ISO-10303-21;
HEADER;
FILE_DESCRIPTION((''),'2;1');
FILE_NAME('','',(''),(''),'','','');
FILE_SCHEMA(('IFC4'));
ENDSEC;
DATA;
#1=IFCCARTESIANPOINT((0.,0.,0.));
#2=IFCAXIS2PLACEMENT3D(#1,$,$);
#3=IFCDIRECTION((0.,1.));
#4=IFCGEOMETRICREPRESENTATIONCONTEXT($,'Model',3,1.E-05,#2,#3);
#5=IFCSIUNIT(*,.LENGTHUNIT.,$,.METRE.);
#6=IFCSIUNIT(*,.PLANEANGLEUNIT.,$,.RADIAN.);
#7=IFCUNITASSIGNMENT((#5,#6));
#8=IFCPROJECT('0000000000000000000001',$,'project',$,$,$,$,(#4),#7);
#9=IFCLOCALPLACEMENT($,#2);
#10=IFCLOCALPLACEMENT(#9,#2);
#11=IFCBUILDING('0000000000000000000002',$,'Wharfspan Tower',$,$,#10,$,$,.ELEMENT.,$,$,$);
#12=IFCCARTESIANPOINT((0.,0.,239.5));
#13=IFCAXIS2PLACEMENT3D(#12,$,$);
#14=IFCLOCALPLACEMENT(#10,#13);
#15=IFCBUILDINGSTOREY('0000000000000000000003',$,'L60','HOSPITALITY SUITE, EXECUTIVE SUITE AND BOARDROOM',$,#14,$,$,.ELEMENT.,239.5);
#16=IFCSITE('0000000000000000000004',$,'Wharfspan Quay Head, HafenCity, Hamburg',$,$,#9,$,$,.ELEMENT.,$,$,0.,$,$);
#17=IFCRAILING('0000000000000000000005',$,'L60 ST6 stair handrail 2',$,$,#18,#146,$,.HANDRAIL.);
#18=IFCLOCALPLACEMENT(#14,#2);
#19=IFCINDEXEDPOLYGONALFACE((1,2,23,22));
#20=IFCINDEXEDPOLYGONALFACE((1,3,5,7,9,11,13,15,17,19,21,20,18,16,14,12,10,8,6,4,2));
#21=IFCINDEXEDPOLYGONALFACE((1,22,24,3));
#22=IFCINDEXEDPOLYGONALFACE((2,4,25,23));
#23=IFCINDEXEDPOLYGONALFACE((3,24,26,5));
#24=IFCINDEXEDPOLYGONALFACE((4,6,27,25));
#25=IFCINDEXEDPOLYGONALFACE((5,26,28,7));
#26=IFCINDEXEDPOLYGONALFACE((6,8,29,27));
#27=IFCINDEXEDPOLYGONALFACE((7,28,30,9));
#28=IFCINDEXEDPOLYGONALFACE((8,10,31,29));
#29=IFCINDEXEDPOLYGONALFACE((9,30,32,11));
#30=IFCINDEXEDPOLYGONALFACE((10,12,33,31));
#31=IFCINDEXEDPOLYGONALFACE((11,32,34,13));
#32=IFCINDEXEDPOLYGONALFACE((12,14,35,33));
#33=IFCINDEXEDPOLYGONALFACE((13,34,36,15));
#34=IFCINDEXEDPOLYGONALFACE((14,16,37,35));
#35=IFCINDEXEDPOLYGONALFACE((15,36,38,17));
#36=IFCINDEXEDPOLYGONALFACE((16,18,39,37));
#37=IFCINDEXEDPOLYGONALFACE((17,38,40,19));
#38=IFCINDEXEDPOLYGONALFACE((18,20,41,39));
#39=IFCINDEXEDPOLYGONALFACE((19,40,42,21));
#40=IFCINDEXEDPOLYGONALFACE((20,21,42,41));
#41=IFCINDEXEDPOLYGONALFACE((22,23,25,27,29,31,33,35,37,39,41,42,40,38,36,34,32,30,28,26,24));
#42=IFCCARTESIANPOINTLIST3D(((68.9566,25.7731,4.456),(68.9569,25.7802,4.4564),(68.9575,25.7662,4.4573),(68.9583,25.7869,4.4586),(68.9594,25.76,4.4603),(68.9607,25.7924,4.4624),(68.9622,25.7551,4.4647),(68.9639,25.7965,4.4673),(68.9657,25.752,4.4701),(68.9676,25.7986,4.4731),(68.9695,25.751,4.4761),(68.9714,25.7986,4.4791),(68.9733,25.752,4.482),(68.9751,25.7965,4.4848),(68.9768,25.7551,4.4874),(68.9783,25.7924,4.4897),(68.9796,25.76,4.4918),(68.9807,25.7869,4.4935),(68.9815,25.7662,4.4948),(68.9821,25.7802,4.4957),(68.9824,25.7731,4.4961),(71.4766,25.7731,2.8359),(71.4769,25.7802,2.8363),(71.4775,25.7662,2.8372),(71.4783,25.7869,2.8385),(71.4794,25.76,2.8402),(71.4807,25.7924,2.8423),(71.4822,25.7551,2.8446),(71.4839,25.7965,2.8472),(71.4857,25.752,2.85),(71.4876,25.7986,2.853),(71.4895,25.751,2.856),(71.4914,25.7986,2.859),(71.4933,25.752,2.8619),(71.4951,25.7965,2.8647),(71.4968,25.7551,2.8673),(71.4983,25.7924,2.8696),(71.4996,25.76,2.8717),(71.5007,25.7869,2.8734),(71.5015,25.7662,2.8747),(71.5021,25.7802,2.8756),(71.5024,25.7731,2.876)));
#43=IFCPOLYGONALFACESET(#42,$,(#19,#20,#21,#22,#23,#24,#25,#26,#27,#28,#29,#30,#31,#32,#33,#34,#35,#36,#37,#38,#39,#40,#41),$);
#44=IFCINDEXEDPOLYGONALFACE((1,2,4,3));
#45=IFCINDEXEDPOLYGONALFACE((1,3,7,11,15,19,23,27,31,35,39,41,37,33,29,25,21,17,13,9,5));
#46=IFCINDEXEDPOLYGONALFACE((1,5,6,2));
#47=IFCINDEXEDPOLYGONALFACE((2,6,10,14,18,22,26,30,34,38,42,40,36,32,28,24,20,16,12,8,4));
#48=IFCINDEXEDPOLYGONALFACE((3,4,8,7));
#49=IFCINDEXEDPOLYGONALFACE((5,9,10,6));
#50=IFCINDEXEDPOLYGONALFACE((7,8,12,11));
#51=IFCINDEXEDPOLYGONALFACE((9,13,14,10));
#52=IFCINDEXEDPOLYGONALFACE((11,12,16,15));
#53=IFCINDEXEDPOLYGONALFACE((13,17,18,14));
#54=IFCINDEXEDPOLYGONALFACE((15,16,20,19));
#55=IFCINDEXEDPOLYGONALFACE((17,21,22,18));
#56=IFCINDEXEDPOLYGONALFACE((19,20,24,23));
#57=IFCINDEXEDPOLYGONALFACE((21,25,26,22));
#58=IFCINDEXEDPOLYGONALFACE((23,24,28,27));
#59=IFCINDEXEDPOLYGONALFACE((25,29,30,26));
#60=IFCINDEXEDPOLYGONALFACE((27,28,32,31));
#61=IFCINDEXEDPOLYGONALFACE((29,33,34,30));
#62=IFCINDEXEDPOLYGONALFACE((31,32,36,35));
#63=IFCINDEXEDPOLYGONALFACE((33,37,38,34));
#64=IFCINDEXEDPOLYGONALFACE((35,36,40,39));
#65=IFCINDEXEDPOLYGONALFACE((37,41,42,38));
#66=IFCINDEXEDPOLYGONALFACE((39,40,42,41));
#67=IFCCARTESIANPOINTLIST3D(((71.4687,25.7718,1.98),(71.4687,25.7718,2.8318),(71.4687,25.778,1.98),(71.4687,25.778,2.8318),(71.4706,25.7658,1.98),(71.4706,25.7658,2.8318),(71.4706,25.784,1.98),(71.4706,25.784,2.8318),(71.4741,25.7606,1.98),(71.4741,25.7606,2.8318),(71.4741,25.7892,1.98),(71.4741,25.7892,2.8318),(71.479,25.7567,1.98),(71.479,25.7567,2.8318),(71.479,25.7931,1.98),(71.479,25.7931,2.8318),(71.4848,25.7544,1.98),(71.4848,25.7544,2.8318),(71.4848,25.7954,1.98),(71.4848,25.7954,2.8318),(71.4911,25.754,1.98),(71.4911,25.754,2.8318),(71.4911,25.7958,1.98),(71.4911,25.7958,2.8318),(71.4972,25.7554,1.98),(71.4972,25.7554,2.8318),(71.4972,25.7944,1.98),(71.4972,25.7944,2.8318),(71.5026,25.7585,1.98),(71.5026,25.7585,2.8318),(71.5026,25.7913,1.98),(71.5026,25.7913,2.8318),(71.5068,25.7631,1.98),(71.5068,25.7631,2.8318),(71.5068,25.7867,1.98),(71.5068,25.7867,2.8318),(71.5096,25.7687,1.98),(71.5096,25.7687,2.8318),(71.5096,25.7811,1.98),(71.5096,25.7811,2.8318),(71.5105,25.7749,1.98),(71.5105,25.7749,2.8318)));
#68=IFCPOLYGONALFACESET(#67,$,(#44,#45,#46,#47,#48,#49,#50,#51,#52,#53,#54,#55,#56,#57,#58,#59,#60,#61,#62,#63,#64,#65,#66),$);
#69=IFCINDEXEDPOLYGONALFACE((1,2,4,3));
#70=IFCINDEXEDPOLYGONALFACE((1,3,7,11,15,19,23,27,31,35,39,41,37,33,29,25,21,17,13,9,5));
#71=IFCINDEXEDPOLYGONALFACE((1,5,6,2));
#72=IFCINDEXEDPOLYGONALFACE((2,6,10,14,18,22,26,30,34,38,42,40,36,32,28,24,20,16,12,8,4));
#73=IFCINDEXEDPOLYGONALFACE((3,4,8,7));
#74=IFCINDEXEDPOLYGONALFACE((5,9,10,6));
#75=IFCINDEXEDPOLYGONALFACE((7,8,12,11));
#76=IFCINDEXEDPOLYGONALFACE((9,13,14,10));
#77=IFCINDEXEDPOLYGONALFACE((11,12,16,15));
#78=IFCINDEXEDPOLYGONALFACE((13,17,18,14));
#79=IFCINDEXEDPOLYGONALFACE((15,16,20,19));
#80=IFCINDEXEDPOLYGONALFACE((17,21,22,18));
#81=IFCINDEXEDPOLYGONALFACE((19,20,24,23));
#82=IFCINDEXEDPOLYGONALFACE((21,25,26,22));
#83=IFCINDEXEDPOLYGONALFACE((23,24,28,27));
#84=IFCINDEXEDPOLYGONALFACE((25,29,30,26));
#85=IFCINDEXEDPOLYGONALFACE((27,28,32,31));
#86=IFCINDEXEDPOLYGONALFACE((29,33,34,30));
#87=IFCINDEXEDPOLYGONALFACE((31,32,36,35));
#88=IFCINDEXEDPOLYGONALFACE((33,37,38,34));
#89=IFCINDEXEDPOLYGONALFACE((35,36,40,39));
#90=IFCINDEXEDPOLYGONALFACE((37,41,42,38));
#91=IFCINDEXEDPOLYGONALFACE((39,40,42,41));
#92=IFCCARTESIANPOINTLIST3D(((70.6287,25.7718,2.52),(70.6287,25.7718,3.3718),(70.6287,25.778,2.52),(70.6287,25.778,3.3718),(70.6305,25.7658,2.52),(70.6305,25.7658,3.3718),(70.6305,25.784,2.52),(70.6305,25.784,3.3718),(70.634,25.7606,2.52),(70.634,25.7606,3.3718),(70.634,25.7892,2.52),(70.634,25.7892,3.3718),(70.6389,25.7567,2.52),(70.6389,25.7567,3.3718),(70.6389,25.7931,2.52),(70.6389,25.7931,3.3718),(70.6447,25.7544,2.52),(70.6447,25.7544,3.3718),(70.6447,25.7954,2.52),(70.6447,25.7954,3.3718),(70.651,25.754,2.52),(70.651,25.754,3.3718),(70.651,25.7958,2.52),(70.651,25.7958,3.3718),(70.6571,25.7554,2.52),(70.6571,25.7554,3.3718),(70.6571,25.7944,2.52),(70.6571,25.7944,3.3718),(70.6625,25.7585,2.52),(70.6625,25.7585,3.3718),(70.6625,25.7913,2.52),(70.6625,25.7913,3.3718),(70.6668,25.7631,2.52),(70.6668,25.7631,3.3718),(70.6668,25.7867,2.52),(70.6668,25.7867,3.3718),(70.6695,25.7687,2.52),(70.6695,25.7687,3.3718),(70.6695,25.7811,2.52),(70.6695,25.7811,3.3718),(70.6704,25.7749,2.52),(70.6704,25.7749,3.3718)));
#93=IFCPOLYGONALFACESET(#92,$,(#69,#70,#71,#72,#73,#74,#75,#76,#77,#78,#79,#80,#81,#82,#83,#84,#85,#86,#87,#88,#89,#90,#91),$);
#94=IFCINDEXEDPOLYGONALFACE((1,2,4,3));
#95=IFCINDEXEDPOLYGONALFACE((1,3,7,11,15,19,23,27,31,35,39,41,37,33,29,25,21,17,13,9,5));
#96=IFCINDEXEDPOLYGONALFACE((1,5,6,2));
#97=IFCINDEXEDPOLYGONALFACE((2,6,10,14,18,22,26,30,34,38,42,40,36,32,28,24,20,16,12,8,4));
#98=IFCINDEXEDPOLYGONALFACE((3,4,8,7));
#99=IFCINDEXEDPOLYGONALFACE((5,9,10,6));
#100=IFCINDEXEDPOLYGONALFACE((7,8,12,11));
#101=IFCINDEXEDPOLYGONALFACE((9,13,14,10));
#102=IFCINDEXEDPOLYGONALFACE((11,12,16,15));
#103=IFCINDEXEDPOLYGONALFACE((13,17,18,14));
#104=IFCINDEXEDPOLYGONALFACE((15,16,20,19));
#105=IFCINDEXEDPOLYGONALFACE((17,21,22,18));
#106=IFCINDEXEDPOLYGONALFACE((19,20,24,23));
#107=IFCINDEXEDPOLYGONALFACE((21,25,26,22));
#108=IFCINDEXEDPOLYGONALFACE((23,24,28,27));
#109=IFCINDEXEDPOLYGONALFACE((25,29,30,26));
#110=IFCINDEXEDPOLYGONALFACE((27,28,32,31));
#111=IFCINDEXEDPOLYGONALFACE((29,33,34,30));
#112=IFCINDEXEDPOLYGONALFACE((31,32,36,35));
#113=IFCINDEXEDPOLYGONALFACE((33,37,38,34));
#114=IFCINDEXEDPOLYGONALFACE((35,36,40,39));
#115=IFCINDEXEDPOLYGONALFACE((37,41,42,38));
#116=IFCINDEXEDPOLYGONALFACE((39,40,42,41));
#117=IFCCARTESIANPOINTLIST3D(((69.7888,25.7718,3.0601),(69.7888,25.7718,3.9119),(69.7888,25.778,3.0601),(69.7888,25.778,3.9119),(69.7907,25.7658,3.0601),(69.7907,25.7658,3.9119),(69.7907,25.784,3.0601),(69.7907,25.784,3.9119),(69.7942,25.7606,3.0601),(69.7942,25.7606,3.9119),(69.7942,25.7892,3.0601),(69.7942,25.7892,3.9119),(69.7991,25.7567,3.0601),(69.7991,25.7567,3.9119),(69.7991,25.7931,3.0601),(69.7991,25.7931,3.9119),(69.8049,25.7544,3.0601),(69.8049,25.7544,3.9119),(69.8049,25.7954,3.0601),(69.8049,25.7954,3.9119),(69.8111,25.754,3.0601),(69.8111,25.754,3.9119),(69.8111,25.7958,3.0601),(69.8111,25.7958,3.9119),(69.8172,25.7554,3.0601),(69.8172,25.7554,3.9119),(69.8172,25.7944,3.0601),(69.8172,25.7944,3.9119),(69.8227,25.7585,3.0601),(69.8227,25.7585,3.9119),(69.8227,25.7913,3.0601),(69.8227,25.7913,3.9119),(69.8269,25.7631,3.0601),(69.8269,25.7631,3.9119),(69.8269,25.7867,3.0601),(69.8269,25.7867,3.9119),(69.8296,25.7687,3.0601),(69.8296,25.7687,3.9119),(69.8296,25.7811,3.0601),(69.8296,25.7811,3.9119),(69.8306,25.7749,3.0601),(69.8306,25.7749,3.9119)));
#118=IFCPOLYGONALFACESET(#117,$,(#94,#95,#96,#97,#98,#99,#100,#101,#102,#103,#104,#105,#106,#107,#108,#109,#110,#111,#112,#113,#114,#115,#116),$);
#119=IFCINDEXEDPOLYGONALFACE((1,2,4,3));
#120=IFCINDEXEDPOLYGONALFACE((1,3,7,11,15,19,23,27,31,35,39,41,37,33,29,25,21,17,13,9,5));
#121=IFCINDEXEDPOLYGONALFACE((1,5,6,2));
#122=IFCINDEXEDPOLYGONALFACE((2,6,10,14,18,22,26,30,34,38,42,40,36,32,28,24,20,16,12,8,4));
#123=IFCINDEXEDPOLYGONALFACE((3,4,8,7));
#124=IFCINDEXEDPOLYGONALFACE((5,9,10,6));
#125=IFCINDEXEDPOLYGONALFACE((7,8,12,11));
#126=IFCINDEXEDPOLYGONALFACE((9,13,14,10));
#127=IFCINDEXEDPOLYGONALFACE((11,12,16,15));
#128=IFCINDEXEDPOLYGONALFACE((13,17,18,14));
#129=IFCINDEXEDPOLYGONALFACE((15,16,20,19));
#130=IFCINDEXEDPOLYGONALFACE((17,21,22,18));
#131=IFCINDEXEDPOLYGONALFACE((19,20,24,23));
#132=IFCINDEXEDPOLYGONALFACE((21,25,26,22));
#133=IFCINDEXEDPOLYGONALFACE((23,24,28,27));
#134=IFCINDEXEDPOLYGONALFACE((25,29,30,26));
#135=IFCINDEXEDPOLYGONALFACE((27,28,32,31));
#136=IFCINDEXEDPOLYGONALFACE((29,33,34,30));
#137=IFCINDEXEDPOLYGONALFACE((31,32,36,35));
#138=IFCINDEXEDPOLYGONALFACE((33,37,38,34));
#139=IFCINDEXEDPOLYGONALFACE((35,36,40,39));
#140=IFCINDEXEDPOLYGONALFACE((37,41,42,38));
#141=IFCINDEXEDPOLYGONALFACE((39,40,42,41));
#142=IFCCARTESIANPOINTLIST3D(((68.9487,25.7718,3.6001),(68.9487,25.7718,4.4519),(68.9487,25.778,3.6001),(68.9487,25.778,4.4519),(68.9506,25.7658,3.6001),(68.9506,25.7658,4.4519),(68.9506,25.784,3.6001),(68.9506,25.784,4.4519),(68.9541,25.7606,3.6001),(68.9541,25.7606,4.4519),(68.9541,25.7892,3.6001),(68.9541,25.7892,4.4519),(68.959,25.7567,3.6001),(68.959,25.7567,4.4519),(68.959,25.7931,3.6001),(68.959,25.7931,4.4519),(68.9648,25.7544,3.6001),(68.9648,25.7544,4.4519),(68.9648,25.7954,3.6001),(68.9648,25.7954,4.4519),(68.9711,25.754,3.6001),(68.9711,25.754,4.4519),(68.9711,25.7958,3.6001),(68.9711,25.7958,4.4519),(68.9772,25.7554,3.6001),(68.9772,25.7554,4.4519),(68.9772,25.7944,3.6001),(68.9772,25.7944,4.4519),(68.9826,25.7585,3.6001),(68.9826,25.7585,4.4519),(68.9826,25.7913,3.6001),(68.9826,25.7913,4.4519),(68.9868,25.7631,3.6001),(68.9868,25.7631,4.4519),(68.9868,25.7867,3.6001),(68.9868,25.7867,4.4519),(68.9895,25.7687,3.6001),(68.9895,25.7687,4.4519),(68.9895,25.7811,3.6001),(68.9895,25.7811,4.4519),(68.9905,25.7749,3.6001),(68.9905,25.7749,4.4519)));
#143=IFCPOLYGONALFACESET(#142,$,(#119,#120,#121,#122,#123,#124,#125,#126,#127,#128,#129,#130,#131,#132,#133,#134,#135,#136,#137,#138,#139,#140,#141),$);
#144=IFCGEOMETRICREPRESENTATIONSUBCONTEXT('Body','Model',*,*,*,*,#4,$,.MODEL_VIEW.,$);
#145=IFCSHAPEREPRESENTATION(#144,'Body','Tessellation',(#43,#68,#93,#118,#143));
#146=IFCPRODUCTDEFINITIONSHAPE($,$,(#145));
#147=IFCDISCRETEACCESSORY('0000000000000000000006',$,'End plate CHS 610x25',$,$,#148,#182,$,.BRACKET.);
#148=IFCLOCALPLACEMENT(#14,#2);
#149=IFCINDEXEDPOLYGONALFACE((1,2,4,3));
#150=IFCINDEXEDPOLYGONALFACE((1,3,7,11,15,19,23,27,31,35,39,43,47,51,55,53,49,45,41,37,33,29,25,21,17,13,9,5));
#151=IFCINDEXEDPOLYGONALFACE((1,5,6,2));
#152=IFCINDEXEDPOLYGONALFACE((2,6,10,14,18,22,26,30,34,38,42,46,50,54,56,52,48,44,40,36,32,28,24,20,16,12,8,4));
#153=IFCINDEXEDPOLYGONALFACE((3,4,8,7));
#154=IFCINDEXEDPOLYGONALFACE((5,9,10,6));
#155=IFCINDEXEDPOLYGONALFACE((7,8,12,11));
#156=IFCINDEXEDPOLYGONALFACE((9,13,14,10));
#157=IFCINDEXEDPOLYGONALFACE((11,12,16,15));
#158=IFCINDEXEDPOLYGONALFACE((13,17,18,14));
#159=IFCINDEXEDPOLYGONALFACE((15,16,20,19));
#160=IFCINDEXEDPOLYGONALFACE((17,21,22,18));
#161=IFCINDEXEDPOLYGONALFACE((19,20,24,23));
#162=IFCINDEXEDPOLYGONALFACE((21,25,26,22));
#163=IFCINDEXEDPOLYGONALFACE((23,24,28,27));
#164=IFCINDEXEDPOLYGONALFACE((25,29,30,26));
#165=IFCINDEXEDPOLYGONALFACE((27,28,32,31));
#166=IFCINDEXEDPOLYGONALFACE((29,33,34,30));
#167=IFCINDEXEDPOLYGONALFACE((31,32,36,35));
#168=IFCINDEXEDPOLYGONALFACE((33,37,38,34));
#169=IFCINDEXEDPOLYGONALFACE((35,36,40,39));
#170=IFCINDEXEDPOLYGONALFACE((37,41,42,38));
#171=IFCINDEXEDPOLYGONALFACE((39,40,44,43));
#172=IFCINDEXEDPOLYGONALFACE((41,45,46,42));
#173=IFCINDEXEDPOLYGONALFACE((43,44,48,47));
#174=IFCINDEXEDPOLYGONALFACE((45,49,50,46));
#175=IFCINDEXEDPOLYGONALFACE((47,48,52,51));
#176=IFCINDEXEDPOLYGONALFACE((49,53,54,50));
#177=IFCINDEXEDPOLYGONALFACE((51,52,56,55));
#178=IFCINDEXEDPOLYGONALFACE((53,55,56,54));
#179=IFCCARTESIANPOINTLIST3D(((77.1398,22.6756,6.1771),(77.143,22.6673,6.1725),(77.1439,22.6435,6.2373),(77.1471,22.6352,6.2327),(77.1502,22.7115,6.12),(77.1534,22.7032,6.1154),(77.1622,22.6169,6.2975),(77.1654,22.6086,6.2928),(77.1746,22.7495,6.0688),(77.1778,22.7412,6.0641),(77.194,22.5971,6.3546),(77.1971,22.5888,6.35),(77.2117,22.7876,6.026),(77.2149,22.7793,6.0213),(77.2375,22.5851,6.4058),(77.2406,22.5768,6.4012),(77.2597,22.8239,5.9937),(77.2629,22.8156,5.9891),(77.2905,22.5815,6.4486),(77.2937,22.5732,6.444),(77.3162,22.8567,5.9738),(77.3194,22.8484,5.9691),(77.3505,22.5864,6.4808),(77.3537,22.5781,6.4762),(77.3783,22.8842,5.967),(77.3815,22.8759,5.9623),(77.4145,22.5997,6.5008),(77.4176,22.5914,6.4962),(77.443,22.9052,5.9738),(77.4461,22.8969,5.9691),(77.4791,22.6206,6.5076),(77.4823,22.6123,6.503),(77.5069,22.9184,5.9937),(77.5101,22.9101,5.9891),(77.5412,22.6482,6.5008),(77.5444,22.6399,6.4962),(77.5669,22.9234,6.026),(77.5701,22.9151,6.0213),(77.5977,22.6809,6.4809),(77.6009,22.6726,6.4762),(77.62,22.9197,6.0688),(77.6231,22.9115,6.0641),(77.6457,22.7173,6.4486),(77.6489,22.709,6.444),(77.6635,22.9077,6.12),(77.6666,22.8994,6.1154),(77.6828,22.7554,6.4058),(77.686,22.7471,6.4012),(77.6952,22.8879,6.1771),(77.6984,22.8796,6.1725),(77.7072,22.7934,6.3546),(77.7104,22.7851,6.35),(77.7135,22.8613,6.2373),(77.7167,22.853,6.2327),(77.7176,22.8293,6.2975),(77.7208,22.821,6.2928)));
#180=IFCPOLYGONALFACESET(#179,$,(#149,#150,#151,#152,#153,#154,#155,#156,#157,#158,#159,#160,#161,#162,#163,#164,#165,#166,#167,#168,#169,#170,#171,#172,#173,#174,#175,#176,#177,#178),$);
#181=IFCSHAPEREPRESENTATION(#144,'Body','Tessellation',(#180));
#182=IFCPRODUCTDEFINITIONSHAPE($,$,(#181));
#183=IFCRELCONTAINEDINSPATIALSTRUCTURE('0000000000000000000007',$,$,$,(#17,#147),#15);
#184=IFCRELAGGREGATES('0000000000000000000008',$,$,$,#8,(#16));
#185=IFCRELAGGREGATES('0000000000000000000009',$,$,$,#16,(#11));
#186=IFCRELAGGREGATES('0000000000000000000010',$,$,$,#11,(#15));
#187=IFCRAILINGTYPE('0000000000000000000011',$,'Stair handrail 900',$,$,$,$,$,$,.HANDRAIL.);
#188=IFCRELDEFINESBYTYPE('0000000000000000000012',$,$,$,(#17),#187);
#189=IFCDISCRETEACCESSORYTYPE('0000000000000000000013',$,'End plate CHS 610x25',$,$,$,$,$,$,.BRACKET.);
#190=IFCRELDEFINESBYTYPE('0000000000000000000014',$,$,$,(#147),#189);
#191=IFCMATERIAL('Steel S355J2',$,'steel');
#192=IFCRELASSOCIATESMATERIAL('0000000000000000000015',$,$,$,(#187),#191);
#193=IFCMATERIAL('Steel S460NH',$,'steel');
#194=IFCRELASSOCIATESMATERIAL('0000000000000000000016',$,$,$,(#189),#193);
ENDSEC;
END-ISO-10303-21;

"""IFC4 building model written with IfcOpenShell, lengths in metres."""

from ifc_helpers import new_model, si_unit, direction, frame, origin, origin_2d, place, context, subcontext, project, spatial, circle, extrude, material, material_profile, profile_set, type_object, element, save


model = new_model("IFC4")

# Units and contexts
model_context = context("Model", 3, precision=1e-05, world=origin(), true_north=direction((0.0, 1.0)))
body_context = subcontext(model_context, "Body", "Model", "MODEL_VIEW")
ifc_project = project(units=[si_unit("LENGTHUNIT", "METRE"), si_unit("PLANEANGLEUNIT", "RADIAN")], contexts=[model_context])

# Site, building, storey
site_placement = place(None, origin())
site = spatial("IfcSite", under=ifc_project, at=site_placement, Name="Wharfspan Quay Head, HafenCity, Hamburg", CompositionType="ELEMENT", RefElevation=0.0)
building_placement = place(site_placement, origin())
building = spatial("IfcBuilding", under=site, at=building_placement, Name="Wharfspan Tower", CompositionType="ELEMENT")
storey_placement = place(building_placement, frame((0.0, 0.0, 239.5)))
storey = spatial("IfcBuildingStorey", under=building, at=storey_placement, Name="L60", Description="HOSPITALITY SUITE, EXECUTIVE SUITE AND BOARDROOM", CompositionType="ELEMENT", Elevation=239.5)

# Shared definitions
ifc_material_1 = material(Name="Steel S355J2", Category="steel")

# Railing
railing_type_1 = type_object("IfcRailingType", Name="Stair handrail 900", PredefinedType="HANDRAIL", material=ifc_material_1)
railing_1_placement = place(storey_placement, frame((71.4895, 25.7749, 1.98)))
element("IfcRailing", 1, at=railing_1_placement, inside=storey, type_object=railing_type_1, Name="L60 ST6 stair handrail 2", PredefinedType="HANDRAIL", context=body_context, shape_type="SweptSolid", body=[
    extrude(circle(Radius=0.0239, at=origin_2d()), frame((0.0, 0.0, 0.876), z_axis=(-0.841163, 0.0, 0.540782), x_axis=(0.0, -1.0, 0.0)), (0.0, 0.0, 1.0), 2.9958),
    extrude(circle(Radius=0.021, at=origin_2d()), origin(), (0.0, 0.0, 1.0), 0.8518),
    extrude(circle(Radius=0.021, at=origin_2d()), frame((-0.8401, 0.0, 0.54)), (0.0, 0.0, 1.0), 0.8518),
    extrude(circle(Radius=0.021, at=origin_2d()), frame((-1.6799, 0.0, 1.0801)), (0.0, 0.0, 1.0), 0.8518),
    extrude(circle(Radius=0.021, at=origin_2d()), frame((-2.52, 0.0, 1.6201)), (0.0, 0.0, 1.0), 0.8518),
])

# Discrete accessory
ifc_material_2 = material(Name="Steel S460NH", Category="steel")
ifc_material_profile_1 = material_profile(ifc_material_2, circle(Radius=0.3049, at=origin_2d()))
ifc_profile_set_1 = profile_set([ifc_material_profile_1], Name="Steel S460NH")
discrete_accessory_type = type_object("IfcDiscreteAccessoryType", Name="End plate CHS 610x25", PredefinedType="BRACKET", material=ifc_profile_set_1)
for number, where, z_axis, x_axis, name in (
    (2, (77.4319, 22.7441, 6.2327), (-0.316603, 0.828038, 0.462727), (-0.934054, -0.357138, -0.000001), "End plate CHS 610x25"),
):
    element("IfcDiscreteAccessory", number, at=place(storey_placement, frame(where, z_axis=z_axis, x_axis=x_axis)), inside=storey, type_object=discrete_accessory_type, Name=name, PredefinedType="BRACKET", context=body_context, shape_type="SweptSolid", body=[
        extrude(circle(Radius=0.3049, at=origin_2d()), origin(), (0.0, 0.0, 1.0), 0.01),
    ])

save(model, "model.ifc")
